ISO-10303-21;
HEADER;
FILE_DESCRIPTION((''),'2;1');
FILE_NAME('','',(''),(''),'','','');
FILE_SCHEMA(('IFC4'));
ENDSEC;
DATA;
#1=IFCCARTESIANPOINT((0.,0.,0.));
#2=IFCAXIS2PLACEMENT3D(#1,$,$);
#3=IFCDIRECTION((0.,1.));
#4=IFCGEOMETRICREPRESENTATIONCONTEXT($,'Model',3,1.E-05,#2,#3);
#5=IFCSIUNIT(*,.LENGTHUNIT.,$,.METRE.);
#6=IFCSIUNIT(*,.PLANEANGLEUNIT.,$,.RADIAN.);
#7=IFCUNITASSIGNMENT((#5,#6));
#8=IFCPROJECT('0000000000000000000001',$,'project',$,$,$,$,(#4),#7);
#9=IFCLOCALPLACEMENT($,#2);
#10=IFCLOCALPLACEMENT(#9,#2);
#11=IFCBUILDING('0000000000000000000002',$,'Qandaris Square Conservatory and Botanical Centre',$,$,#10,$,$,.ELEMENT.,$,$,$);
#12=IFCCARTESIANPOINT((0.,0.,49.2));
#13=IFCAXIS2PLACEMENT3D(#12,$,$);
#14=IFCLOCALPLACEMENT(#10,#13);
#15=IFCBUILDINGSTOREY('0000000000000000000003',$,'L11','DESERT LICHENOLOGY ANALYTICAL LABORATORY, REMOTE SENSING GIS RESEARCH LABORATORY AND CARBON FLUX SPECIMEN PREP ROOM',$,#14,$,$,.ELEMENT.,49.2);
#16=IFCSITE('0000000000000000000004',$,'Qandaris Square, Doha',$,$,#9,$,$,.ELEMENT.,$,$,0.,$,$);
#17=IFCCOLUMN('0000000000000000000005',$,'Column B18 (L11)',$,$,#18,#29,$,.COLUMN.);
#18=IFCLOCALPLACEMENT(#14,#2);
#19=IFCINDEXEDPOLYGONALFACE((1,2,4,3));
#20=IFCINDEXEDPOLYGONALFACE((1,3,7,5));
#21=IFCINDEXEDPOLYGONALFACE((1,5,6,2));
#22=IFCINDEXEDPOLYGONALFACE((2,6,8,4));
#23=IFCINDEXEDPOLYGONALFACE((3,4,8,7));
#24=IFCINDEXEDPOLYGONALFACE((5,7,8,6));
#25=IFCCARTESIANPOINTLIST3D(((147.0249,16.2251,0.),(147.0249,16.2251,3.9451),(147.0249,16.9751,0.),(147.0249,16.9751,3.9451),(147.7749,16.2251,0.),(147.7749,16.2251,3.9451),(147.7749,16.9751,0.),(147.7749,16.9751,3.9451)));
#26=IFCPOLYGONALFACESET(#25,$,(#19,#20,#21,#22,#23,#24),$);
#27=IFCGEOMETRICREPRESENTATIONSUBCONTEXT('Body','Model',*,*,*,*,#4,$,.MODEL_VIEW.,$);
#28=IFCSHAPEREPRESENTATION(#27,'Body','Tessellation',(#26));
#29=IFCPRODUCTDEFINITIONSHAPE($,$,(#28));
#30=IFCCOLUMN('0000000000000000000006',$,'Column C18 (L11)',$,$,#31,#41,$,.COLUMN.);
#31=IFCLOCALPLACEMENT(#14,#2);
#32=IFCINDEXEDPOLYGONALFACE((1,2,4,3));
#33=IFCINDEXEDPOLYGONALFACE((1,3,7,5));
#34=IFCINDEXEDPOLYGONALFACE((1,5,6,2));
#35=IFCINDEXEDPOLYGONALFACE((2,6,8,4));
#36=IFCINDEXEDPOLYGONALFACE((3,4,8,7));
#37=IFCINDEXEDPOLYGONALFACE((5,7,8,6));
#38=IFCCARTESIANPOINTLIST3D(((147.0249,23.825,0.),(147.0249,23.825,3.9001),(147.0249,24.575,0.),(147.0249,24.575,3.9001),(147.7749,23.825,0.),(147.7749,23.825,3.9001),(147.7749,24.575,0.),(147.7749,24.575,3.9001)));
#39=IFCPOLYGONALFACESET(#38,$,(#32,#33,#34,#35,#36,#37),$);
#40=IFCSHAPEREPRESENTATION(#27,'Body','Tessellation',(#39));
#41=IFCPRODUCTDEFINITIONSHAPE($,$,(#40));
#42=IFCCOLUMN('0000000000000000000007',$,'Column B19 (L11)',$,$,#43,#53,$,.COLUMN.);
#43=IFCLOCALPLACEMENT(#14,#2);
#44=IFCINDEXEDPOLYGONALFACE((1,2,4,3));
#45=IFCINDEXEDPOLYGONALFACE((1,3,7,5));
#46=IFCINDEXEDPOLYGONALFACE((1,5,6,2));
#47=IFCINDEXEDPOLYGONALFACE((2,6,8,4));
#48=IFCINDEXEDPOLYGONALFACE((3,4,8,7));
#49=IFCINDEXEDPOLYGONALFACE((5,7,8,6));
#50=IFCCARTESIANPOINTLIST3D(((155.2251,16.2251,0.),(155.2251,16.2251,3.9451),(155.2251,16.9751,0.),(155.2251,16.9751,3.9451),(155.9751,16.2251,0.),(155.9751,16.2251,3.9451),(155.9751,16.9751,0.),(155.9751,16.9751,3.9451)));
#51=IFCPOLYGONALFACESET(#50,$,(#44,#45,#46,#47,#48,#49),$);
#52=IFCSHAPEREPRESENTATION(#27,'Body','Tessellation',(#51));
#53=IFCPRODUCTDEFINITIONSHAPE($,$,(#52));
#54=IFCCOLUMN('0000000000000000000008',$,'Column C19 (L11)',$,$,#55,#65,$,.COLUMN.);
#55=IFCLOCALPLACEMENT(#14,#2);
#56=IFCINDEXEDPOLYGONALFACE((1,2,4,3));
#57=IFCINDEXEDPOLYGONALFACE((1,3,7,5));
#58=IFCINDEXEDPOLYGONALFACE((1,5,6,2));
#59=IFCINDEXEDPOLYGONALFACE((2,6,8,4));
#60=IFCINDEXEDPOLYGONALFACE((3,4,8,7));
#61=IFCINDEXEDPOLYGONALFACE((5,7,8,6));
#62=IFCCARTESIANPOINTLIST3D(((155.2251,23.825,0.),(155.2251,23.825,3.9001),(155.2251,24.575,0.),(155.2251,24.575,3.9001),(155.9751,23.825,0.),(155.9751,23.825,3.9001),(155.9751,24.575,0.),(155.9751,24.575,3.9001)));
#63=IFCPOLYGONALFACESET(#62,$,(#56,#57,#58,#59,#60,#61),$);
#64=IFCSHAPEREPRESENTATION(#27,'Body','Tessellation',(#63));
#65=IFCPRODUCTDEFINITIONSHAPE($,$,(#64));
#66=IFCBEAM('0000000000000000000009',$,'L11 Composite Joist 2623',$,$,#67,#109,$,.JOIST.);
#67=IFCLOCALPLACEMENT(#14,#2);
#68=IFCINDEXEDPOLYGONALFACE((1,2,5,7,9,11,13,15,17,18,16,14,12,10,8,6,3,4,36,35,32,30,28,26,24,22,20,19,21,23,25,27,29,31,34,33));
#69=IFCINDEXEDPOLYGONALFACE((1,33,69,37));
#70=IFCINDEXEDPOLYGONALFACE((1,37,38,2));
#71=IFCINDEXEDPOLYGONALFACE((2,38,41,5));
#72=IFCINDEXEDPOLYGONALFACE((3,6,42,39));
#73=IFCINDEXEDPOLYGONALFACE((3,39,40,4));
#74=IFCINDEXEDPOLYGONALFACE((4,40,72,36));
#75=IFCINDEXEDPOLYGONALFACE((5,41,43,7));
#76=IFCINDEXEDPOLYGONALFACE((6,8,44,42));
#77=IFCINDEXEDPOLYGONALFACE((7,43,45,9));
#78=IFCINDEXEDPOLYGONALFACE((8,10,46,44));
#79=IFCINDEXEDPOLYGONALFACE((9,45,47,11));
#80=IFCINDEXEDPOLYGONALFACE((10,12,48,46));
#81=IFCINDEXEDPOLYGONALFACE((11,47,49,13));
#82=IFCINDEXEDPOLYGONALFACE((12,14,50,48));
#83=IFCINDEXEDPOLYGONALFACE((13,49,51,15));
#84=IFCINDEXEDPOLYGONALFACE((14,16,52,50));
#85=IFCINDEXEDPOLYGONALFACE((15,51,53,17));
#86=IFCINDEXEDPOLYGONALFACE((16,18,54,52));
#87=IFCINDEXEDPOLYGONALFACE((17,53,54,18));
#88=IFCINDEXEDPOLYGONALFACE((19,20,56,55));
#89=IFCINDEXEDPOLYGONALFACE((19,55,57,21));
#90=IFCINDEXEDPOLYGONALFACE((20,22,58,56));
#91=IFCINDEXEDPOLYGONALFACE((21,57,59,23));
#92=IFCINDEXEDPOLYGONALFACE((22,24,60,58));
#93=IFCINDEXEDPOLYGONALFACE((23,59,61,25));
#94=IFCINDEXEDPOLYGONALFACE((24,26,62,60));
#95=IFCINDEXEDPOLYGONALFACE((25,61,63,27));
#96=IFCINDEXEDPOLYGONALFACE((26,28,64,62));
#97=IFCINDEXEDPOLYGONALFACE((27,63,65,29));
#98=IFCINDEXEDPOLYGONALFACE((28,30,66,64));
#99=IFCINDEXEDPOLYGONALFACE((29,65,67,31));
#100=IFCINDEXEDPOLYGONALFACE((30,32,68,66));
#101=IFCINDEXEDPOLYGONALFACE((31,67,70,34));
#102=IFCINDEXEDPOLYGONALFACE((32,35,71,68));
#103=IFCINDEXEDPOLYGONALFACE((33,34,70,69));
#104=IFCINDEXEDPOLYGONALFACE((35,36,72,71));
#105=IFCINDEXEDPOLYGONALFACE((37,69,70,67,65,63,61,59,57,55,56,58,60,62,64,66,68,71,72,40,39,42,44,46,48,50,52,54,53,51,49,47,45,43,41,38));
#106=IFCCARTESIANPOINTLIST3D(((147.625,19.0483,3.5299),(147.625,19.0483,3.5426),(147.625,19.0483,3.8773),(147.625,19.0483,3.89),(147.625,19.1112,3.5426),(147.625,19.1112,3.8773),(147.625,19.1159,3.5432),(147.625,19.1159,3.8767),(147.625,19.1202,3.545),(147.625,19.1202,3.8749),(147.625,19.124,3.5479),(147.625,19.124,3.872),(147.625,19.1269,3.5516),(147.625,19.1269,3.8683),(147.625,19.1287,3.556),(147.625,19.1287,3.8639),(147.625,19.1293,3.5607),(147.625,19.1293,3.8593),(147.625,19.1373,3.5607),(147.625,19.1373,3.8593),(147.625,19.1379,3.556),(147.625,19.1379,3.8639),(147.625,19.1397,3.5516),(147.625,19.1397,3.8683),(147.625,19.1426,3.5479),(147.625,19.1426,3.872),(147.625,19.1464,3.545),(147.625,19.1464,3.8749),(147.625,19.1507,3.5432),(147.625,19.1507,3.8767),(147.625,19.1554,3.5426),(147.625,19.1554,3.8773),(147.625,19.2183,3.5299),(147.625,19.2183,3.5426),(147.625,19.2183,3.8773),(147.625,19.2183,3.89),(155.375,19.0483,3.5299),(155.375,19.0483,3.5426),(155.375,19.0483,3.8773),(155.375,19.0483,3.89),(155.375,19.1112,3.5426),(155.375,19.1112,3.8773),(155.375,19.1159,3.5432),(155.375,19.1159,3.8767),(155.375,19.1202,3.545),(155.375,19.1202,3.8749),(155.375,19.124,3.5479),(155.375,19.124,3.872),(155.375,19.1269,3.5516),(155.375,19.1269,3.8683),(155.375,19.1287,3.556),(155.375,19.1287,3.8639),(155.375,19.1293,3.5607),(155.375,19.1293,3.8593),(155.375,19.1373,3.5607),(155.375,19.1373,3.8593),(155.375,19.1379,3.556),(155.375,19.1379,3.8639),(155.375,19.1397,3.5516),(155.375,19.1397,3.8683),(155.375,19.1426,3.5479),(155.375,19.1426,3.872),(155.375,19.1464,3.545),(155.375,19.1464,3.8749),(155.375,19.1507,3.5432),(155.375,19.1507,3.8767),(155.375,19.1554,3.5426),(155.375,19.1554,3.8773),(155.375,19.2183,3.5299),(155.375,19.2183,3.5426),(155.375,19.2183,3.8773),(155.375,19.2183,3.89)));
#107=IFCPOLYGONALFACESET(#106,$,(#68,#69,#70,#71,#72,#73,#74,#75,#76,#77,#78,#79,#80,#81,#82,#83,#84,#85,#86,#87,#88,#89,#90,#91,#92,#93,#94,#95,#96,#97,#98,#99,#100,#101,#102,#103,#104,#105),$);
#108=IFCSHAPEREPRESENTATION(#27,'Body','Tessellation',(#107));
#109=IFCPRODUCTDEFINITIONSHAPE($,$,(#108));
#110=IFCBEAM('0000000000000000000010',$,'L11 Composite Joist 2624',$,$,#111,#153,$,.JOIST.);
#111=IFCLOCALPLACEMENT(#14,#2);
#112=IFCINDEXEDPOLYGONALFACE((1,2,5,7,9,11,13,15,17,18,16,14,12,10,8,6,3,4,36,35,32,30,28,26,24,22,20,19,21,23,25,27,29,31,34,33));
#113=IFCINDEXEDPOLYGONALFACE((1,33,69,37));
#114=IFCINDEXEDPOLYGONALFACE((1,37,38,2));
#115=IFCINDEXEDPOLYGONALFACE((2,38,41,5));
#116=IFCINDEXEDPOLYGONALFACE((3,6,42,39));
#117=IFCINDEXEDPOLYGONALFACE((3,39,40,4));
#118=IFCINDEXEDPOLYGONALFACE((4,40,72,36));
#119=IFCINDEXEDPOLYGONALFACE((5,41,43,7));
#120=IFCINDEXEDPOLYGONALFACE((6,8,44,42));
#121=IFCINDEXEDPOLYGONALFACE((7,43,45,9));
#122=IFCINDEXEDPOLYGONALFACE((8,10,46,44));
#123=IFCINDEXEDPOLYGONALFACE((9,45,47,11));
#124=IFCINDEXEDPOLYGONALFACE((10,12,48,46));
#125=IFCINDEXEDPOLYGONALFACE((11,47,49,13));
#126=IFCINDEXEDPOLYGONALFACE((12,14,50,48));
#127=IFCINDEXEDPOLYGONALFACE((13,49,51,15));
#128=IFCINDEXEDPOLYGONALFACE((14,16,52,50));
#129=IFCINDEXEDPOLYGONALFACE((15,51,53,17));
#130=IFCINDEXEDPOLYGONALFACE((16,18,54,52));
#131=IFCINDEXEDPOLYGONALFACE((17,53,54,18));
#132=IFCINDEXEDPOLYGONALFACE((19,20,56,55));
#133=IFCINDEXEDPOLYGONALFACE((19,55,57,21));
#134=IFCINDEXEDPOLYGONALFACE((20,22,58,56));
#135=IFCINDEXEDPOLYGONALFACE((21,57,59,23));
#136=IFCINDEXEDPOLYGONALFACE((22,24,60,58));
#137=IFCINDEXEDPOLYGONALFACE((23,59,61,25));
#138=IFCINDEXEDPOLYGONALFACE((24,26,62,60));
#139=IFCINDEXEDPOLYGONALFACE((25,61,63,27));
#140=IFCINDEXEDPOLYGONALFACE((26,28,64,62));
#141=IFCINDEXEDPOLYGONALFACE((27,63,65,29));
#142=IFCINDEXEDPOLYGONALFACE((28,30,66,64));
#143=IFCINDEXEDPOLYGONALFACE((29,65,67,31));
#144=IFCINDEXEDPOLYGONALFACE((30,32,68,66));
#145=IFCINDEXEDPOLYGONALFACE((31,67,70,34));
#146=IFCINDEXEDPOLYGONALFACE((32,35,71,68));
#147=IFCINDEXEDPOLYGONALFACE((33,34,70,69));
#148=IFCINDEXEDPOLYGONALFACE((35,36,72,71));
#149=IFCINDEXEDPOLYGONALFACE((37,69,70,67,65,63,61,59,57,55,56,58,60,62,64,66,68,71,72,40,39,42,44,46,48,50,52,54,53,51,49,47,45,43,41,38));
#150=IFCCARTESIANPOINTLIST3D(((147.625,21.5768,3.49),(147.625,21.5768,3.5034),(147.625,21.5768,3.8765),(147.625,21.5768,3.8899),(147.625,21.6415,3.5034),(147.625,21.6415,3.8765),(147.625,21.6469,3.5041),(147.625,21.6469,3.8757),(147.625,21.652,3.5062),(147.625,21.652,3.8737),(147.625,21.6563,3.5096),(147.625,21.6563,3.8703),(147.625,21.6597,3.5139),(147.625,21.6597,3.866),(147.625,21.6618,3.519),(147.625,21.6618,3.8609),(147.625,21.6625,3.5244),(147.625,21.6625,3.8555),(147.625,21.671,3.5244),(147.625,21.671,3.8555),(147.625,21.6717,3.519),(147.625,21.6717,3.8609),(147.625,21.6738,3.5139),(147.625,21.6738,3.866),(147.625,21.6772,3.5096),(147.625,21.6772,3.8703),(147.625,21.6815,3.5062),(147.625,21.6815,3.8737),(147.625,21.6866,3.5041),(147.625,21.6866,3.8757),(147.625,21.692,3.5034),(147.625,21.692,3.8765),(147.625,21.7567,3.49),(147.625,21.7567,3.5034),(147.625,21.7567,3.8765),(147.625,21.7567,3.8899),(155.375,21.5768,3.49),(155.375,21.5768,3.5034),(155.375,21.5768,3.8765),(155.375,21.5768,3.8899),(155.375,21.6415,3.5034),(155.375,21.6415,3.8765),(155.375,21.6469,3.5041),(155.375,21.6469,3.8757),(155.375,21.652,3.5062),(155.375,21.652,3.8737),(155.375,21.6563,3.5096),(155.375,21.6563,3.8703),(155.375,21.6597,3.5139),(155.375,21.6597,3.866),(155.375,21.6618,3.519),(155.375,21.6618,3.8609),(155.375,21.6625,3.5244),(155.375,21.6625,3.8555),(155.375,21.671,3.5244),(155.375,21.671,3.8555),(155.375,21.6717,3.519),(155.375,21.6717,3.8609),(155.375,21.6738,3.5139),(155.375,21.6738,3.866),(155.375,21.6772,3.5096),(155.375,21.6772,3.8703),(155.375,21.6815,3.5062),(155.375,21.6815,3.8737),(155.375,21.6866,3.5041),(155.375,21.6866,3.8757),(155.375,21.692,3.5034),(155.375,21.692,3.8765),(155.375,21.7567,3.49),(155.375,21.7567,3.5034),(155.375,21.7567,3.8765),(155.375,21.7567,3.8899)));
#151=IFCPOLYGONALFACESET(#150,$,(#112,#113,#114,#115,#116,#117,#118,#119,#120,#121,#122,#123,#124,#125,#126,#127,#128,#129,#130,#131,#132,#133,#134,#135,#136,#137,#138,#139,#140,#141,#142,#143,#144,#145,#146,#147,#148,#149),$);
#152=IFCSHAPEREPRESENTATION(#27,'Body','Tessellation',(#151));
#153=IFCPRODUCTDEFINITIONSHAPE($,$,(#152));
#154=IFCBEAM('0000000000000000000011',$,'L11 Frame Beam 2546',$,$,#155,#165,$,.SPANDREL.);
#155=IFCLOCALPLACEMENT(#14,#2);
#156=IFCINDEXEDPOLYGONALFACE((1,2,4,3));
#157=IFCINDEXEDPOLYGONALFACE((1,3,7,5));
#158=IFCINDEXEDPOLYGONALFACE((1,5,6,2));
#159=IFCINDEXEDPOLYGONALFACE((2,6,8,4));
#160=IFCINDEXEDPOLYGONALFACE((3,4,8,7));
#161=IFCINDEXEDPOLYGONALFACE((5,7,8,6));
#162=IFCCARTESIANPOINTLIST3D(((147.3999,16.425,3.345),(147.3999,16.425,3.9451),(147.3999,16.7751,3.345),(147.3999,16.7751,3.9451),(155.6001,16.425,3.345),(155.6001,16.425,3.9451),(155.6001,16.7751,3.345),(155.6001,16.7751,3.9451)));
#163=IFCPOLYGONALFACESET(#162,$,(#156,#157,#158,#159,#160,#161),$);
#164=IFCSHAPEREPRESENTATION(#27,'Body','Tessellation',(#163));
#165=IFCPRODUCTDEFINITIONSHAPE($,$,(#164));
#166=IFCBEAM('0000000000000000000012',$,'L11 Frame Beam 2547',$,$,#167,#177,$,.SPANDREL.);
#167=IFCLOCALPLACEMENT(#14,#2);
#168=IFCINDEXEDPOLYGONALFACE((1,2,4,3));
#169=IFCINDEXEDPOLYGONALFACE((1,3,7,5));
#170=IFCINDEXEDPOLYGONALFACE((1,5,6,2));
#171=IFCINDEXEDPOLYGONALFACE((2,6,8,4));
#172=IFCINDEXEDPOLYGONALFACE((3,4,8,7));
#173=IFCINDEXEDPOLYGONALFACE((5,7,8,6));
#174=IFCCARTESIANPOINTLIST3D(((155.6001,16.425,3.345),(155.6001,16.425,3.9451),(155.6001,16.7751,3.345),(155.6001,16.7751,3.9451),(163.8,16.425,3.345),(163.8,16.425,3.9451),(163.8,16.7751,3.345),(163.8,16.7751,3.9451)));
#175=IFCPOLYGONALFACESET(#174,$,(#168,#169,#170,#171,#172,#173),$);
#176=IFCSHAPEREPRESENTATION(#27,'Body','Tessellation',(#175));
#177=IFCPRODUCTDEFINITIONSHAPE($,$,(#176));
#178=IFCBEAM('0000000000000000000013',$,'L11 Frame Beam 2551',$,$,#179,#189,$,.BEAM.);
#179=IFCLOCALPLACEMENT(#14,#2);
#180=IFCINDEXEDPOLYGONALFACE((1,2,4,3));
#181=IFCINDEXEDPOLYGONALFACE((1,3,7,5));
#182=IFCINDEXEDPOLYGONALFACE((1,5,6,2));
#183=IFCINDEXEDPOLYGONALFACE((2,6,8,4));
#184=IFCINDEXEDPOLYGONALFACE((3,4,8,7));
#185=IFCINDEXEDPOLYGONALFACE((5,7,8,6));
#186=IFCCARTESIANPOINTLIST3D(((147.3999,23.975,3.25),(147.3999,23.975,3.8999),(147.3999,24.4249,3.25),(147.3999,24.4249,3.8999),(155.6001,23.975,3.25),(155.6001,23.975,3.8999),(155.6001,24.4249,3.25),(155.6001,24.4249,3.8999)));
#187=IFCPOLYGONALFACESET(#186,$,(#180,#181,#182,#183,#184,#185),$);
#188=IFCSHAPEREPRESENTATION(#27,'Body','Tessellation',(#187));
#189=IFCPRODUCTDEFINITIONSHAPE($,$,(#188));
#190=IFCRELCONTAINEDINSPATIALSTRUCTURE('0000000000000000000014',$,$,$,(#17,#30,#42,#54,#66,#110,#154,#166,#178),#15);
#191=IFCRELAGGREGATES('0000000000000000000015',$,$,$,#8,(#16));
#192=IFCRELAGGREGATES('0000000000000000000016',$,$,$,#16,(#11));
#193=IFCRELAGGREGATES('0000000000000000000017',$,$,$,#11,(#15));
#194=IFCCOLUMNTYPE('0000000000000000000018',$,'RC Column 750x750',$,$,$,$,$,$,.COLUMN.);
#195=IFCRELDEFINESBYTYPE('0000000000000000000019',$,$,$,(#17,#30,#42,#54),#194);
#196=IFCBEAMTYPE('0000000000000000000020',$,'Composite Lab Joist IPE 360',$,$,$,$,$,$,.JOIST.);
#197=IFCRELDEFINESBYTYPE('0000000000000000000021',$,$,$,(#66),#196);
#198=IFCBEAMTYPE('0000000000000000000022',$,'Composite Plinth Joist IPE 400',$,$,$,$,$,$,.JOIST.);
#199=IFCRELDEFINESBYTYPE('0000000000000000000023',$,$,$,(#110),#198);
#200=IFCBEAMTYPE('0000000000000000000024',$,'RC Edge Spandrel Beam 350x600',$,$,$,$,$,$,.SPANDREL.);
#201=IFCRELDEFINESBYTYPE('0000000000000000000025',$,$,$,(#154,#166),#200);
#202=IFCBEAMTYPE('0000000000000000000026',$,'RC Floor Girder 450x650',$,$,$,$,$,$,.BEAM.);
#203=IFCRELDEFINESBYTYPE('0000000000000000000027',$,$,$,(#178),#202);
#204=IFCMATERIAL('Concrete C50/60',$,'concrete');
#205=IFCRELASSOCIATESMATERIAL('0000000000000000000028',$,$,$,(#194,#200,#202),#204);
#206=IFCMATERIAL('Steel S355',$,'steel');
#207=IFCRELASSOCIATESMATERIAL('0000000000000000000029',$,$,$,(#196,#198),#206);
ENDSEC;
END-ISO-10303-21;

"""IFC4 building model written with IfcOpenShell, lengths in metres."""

from ifc_helpers import new_model, si_unit, direction, frame, origin, origin_2d, place, context, subcontext, project, spatial, rectangle, i_section, extrude, material, material_profile, profile_set, type_object, element, save


model = new_model("IFC4")

# Units and contexts
model_context = context("Model", 3, precision=1e-05, world=origin(), true_north=direction((0.0, 1.0)))
body_context = subcontext(model_context, "Body", "Model", "MODEL_VIEW")
ifc_project = project(units=[si_unit("LENGTHUNIT", "METRE"), si_unit("PLANEANGLEUNIT", "RADIAN")], contexts=[model_context])

# Site, building, storey
site_placement = place(None, origin())
site = spatial("IfcSite", under=ifc_project, at=site_placement, Name="Qandaris Square, Doha", CompositionType="ELEMENT", RefElevation=0.0)
building_placement = place(site_placement, origin())
building = spatial("IfcBuilding", under=site, at=building_placement, Name="Qandaris Square Conservatory and Botanical Centre", CompositionType="ELEMENT")
storey_placement = place(building_placement, frame((0.0, 0.0, 49.2)))
storey = spatial("IfcBuildingStorey", under=building, at=storey_placement, Name="L11", Description="DESERT LICHENOLOGY ANALYTICAL LABORATORY, REMOTE SENSING GIS RESEARCH LABORATORY AND CARBON FLUX SPECIMEN PREP ROOM", CompositionType="ELEMENT", Elevation=49.2)

# Columns
ifc_material_1 = material(Name="Concrete C50/60", Category="concrete")
ifc_material_profile_1 = material_profile(ifc_material_1, rectangle(XDim=0.75, YDim=0.75, at=origin_2d()), Name="RC-COL 750x750")
ifc_profile_set_1 = profile_set([ifc_material_profile_1], Name="Concrete C50/60")
column_type = type_object("IfcColumnType", Name="RC Column 750x750", PredefinedType="COLUMN", material=ifc_profile_set_1)
column_1_placement = place(storey_placement, frame((147.3999, 16.6001, 0.0), z_axis=(0.0, 0.0, 1.0), x_axis=(1.0, 0.0, 0.0)))
element("IfcColumn", 1, at=column_1_placement, inside=storey, type_object=column_type, Name="Column B18 (L11)", PredefinedType="COLUMN", context=body_context, shape_type="SweptSolid", body=[
    extrude(rectangle(XDim=0.75, YDim=0.75, at=origin_2d()), origin(), (0.0, 0.0, 1.0), 3.9451),
])
column_2_placement = place(storey_placement, frame((147.3999, 24.2, 0.0), z_axis=(0.0, 0.0, 1.0), x_axis=(1.0, 0.0, 0.0)))
element("IfcColumn", 2, at=column_2_placement, inside=storey, type_object=column_type, Name="Column C18 (L11)", PredefinedType="COLUMN", context=body_context, shape_type="SweptSolid", body=[
    extrude(rectangle(XDim=0.75, YDim=0.75, at=origin_2d()), origin(), (0.0, 0.0, 1.0), 3.9001),
])
column_3_placement = place(storey_placement, frame((155.6001, 16.6001, 0.0), z_axis=(0.0, 0.0, 1.0), x_axis=(1.0, 0.0, 0.0)))
element("IfcColumn", 3, at=column_3_placement, inside=storey, type_object=column_type, Name="Column B19 (L11)", PredefinedType="COLUMN", context=body_context, shape_type="SweptSolid", body=[
    extrude(rectangle(XDim=0.75, YDim=0.75, at=origin_2d()), origin(), (0.0, 0.0, 1.0), 3.9451),
])
column_4_placement = place(storey_placement, frame((155.6001, 24.2, 0.0), z_axis=(0.0, 0.0, 1.0), x_axis=(1.0, 0.0, 0.0)))
element("IfcColumn", 4, at=column_4_placement, inside=storey, type_object=column_type, Name="Column C19 (L11)", PredefinedType="COLUMN", context=body_context, shape_type="SweptSolid", body=[
    extrude(rectangle(XDim=0.75, YDim=0.75, at=origin_2d()), origin(), (0.0, 0.0, 1.0), 3.9001),
])

# Beams
ifc_material_2 = material(Name="Steel S355", Category="steel")
ifc_material_profile_2 = material_profile(ifc_material_2, i_section(OverallWidth=0.1699, OverallDepth=0.3601, WebThickness=0.0081, FlangeThickness=0.0127, FilletRadius=0.0181, at=origin_2d()), Name="IPE 360")
ifc_profile_set_2 = profile_set([ifc_material_profile_2], Name="Steel S355")
beam_type_1 = type_object("IfcBeamType", Name="Composite Lab Joist IPE 360", PredefinedType="JOIST", material=ifc_profile_set_2)
beam_1_placement = place(storey_placement, frame((147.625, 19.1333, 3.71), z_axis=(1.0, 0.0, 0.0), x_axis=(0.0, 1.0, 0.0)))
element("IfcBeam", 5, at=beam_1_placement, inside=storey, type_object=beam_type_1, Name="L11 Composite Joist 2623", PredefinedType="JOIST", context=body_context, shape_type="SweptSolid", body=[
    extrude(i_section(OverallWidth=0.1699, OverallDepth=0.3601, WebThickness=0.0081, FlangeThickness=0.0127, FilletRadius=0.0181, at=origin_2d()), origin(), (0.0, 0.0, 1.0), 7.75),
])
ifc_material_profile_3 = material_profile(ifc_material_2, i_section(OverallWidth=0.1799, OverallDepth=0.3999, WebThickness=0.0085, FlangeThickness=0.0134, FilletRadius=0.021, at=origin_2d()), Name="IPE 400")
ifc_profile_set_3 = profile_set([ifc_material_profile_3], Name="Steel S355")
beam_type_2 = type_object("IfcBeamType", Name="Composite Plinth Joist IPE 400", PredefinedType="JOIST", material=ifc_profile_set_3)
beam_2_placement = place(storey_placement, frame((147.625, 21.6667, 3.6899), z_axis=(1.0, 0.0, 0.0), x_axis=(0.0, 1.0, 0.0)))
element("IfcBeam", 6, at=beam_2_placement, inside=storey, type_object=beam_type_2, Name="L11 Composite Joist 2624", PredefinedType="JOIST", context=body_context, shape_type="SweptSolid", body=[
    extrude(i_section(OverallWidth=0.1799, OverallDepth=0.3999, WebThickness=0.0085, FlangeThickness=0.0134, FilletRadius=0.021, at=origin_2d()), origin(), (0.0, 0.0, 1.0), 7.75),
])
ifc_material_profile_4 = material_profile(ifc_material_1, rectangle(XDim=0.3501, YDim=0.6001, at=origin_2d()), Name="RC-SP 350x600")
ifc_profile_set_4 = profile_set([ifc_material_profile_4], Name="Concrete C50/60")
beam_type_3 = type_object("IfcBeamType", Name="RC Edge Spandrel Beam 350x600", PredefinedType="SPANDREL", material=ifc_profile_set_4)
beam_3_placement = place(storey_placement, frame((147.3999, 16.6001, 3.645), z_axis=(1.0, 0.0, 0.0), x_axis=(0.0, 1.0, 0.0)))
element("IfcBeam", 7, at=beam_3_placement, inside=storey, type_object=beam_type_3, Name="L11 Frame Beam 2546", PredefinedType="SPANDREL", context=body_context, shape_type="SweptSolid", body=[
    extrude(rectangle(XDim=0.3501, YDim=0.6001, at=origin_2d()), origin(), (0.0, 0.0, 1.0), 8.2002),
])
beam_4_placement = place(storey_placement, frame((155.6001, 16.6001, 3.645), z_axis=(1.0, 0.0, 0.0), x_axis=(0.0, 1.0, 0.0)))
element("IfcBeam", 8, at=beam_4_placement, inside=storey, type_object=beam_type_3, Name="L11 Frame Beam 2547", PredefinedType="SPANDREL", context=body_context, shape_type="SweptSolid", body=[
    extrude(rectangle(XDim=0.3501, YDim=0.6001, at=origin_2d()), origin(), (0.0, 0.0, 1.0), 8.2),
])
ifc_material_profile_5 = material_profile(ifc_material_1, rectangle(XDim=0.45, YDim=0.6499, at=origin_2d()), Name="RC-BM 450x650")
ifc_profile_set_5 = profile_set([ifc_material_profile_5], Name="Concrete C50/60")
beam_type_4 = type_object("IfcBeamType", Name="RC Floor Girder 450x650", PredefinedType="BEAM", material=ifc_profile_set_5)
beam_5_placement = place(storey_placement, frame((147.3999, 24.2, 3.575), z_axis=(1.0, 0.0, 0.0), x_axis=(0.0, 1.0, 0.0)))
element("IfcBeam", 9, at=beam_5_placement, inside=storey, type_object=beam_type_4, Name="L11 Frame Beam 2551", PredefinedType="BEAM", context=body_context, shape_type="SweptSolid", body=[
    extrude(rectangle(XDim=0.45, YDim=0.6499, at=origin_2d()), origin(), (0.0, 0.0, 1.0), 8.2002),
])

save(model, "model.ifc")
